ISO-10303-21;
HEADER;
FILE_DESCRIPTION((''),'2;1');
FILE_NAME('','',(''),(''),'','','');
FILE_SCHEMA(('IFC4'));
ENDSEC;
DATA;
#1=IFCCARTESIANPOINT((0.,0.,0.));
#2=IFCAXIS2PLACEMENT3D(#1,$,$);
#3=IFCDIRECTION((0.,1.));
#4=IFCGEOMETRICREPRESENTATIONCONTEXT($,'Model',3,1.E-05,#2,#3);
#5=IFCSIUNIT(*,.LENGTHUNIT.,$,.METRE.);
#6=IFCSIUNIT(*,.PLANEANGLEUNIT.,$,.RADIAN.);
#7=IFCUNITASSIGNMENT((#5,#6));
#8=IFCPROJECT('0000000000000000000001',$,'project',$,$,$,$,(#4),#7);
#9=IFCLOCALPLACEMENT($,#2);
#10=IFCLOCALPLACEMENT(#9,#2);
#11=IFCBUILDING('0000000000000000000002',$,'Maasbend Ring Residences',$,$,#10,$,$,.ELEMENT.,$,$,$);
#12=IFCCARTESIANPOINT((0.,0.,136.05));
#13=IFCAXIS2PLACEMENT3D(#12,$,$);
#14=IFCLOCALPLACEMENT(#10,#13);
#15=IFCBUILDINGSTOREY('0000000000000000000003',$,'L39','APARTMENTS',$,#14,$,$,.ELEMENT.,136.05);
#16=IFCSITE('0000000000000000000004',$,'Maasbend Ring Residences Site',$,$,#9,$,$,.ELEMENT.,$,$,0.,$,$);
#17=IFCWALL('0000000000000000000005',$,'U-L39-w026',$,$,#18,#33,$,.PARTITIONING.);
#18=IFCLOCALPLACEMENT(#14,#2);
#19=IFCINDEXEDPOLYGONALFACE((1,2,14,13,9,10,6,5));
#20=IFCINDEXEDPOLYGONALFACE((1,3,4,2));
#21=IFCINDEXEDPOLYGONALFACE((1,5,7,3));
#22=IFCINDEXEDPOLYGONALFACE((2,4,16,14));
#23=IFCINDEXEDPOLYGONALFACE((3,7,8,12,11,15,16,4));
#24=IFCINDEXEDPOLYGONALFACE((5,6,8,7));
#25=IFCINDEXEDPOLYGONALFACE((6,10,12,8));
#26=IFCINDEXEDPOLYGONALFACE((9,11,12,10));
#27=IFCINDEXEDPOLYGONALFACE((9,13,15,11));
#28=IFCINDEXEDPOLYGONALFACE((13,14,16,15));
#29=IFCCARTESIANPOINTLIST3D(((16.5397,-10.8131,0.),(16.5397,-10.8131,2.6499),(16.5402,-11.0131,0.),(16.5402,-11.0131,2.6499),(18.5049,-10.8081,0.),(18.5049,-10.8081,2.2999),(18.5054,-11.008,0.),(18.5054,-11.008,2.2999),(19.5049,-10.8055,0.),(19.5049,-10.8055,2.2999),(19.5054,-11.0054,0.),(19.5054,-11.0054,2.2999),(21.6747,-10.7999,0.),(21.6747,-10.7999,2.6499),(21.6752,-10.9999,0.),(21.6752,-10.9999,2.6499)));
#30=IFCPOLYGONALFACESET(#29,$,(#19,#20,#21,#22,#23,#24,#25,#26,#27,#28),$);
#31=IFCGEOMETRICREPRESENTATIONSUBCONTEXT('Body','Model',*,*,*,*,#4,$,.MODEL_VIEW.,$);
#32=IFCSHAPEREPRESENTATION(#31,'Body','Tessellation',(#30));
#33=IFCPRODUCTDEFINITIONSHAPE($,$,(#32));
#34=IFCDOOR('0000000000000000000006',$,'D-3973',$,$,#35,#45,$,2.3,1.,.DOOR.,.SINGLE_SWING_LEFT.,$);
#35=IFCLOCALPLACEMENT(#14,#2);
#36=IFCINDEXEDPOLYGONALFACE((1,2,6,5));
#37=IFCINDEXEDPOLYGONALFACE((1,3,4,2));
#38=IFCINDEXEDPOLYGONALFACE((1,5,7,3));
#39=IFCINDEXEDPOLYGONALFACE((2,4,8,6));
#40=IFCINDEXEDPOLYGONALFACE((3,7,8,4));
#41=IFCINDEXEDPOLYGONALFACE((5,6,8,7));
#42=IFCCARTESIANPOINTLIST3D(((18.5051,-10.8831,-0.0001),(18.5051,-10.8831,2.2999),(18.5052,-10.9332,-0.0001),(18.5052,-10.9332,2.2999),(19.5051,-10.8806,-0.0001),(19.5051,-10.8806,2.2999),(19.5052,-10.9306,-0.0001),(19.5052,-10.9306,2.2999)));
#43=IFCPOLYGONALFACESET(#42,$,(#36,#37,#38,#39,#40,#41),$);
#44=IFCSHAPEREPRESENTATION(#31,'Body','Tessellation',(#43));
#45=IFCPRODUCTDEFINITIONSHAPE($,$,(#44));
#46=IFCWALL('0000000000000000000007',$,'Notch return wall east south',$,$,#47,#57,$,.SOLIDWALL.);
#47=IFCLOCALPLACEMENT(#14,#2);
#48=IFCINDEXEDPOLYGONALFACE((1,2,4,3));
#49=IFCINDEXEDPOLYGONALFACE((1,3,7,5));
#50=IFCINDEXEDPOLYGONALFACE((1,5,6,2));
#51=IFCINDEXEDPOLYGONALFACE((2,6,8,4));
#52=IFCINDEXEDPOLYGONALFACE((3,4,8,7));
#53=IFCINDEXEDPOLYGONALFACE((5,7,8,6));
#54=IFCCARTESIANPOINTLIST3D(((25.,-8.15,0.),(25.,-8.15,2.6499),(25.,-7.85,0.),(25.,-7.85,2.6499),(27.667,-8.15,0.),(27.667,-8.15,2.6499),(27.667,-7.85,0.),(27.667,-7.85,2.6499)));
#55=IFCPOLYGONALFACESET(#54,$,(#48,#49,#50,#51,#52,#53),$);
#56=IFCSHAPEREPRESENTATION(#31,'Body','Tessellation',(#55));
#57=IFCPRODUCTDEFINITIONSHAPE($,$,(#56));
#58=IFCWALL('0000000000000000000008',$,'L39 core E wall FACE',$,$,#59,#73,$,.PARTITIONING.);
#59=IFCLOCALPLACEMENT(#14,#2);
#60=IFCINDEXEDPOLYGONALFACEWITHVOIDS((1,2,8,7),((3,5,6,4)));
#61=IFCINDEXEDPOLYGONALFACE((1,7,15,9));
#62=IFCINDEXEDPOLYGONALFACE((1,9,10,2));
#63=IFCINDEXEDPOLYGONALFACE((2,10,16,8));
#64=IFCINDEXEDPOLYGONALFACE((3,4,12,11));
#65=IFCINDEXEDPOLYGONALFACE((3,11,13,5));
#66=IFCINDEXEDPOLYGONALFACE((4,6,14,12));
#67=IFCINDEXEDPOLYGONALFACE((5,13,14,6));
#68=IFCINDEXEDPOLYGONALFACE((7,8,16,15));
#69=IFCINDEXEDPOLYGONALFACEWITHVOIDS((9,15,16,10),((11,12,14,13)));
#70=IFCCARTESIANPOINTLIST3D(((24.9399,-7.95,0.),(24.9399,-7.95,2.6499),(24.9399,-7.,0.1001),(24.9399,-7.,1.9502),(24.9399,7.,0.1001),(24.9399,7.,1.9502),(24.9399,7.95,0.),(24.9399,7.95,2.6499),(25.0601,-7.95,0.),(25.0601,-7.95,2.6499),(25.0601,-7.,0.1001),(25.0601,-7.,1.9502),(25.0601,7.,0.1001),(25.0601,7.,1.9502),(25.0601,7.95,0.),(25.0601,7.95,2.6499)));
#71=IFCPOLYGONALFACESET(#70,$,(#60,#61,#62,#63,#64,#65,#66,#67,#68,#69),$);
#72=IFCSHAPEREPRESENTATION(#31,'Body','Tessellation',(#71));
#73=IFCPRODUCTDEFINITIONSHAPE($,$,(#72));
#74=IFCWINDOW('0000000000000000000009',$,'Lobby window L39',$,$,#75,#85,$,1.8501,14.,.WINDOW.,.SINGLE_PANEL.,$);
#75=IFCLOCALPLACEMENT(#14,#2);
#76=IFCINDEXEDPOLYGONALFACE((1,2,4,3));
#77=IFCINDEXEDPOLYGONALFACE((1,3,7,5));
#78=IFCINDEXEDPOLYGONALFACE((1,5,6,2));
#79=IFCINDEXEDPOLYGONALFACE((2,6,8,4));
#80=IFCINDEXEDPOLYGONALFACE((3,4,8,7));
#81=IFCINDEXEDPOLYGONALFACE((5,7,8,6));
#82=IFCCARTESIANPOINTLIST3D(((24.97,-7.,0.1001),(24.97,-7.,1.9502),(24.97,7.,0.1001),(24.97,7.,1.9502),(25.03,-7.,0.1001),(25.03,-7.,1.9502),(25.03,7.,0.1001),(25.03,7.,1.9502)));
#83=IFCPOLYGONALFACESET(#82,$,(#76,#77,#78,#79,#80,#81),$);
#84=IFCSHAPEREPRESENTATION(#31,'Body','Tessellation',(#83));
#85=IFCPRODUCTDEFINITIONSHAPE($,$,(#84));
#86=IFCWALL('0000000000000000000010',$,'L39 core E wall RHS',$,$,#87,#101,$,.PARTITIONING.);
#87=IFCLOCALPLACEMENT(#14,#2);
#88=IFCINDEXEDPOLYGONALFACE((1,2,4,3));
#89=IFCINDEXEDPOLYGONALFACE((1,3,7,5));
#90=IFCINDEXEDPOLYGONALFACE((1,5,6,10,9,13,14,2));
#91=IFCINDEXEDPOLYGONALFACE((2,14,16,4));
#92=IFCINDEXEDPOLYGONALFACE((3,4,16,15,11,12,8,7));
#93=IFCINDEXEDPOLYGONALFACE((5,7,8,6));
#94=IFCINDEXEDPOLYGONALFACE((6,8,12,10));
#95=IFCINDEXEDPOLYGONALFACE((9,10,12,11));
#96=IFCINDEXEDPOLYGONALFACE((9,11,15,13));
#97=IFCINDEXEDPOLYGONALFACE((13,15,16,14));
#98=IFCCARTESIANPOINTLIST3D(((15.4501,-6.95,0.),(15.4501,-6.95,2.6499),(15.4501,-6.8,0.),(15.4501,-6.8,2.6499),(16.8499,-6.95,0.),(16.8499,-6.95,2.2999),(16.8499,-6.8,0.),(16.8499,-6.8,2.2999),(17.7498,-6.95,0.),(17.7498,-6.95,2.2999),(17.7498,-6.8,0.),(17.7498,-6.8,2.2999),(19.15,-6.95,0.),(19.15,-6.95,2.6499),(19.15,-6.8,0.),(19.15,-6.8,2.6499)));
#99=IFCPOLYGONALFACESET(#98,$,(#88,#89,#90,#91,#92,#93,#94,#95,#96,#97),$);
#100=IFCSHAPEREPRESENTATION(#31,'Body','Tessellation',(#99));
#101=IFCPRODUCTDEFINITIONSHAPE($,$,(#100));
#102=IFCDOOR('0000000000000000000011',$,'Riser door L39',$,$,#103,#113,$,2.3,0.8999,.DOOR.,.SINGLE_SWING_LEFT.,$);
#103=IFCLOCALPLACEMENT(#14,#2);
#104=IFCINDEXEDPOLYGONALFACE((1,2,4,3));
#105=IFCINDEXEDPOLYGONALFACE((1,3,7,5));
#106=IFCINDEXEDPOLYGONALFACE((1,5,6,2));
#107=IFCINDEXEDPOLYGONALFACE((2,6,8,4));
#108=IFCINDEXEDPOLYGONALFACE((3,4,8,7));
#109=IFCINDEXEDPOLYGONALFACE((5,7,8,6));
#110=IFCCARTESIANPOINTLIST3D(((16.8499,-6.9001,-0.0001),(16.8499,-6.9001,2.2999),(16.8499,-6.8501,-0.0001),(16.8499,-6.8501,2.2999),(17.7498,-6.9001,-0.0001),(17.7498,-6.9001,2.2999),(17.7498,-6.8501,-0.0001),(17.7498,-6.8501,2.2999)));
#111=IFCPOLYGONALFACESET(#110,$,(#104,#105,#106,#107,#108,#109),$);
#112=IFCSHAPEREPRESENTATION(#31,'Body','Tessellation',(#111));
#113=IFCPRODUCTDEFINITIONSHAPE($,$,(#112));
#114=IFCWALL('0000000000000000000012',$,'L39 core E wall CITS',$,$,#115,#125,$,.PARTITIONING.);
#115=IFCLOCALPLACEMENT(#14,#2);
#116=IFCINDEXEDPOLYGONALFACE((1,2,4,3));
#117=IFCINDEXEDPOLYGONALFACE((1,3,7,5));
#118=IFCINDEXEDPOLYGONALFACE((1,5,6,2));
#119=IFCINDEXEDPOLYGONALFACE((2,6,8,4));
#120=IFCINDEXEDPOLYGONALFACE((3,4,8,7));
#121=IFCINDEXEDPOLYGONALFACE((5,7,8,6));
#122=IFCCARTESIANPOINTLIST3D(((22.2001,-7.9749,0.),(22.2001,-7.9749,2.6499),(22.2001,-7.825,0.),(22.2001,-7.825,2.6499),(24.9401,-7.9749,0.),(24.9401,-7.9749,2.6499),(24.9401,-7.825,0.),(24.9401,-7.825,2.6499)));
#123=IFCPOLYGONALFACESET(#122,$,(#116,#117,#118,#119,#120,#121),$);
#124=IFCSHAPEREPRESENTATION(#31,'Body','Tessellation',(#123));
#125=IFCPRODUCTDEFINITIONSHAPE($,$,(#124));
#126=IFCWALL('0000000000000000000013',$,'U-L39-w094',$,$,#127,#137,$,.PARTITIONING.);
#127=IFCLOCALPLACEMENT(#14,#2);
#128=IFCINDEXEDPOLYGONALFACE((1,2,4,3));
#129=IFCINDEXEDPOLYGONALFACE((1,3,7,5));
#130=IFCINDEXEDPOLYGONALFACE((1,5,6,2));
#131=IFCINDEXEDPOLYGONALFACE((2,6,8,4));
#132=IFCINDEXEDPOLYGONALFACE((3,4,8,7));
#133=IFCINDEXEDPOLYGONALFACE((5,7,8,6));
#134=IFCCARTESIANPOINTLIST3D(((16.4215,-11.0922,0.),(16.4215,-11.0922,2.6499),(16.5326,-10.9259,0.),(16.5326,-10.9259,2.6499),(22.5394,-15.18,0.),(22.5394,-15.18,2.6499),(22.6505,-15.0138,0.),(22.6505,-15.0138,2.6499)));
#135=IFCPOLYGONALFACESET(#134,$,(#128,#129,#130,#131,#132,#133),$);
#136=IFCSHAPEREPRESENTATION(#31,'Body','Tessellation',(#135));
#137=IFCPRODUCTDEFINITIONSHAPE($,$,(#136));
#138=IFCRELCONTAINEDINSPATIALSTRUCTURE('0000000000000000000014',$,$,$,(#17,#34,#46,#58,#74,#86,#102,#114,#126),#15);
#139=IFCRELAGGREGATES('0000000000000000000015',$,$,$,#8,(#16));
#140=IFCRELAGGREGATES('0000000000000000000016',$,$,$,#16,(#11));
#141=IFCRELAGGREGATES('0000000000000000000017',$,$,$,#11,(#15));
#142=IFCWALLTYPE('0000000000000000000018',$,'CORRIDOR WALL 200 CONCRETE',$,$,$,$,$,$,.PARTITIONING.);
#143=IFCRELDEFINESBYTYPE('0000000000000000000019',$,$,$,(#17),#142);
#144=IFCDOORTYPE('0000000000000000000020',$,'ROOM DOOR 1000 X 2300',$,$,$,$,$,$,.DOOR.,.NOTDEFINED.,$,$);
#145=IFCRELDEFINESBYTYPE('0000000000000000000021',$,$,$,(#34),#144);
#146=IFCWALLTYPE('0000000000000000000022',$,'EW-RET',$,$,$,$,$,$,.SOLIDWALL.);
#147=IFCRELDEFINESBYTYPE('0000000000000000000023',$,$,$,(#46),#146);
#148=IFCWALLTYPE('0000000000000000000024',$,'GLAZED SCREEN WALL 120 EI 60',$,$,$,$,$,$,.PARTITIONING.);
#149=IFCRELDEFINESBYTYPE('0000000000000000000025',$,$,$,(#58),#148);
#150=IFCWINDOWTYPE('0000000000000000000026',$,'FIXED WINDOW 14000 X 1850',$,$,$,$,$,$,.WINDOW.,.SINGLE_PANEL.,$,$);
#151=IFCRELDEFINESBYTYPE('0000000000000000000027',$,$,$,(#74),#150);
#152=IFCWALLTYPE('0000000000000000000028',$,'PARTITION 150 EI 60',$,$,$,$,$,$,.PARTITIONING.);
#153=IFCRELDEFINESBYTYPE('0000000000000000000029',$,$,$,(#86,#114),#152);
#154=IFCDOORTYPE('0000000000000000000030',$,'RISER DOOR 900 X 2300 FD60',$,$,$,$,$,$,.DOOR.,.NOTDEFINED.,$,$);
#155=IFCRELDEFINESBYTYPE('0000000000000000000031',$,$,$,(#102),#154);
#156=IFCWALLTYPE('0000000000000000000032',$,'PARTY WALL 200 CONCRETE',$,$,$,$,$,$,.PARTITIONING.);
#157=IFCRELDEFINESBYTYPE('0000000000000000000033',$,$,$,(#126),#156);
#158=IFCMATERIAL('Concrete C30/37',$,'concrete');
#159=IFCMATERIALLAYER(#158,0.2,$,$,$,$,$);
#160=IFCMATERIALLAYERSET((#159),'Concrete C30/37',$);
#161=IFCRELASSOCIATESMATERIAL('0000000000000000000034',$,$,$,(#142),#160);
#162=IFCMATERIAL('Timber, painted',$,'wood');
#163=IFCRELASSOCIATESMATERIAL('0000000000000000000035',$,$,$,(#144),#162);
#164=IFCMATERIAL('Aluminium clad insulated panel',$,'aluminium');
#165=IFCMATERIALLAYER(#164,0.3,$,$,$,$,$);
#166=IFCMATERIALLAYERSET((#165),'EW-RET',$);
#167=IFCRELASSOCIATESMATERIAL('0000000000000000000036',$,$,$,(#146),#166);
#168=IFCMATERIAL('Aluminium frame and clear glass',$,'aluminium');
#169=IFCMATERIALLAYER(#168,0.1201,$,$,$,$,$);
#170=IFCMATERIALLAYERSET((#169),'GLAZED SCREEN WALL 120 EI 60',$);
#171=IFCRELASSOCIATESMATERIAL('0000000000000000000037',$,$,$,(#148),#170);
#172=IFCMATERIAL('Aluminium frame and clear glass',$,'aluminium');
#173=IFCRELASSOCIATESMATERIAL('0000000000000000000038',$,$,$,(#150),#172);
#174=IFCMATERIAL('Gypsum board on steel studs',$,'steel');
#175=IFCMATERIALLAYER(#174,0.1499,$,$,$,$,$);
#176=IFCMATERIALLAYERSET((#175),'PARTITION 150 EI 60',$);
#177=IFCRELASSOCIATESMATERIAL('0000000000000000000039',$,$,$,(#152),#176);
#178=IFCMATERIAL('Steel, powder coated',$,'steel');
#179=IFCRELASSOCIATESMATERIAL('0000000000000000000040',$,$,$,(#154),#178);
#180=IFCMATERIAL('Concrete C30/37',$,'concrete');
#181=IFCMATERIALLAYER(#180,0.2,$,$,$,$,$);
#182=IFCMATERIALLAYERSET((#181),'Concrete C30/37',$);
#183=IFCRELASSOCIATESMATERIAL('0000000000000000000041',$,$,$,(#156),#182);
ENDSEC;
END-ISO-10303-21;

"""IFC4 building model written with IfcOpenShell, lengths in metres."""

from ifc_helpers import new_model, si_unit, direction, frame, frame_2d, origin, place, context, subcontext, project, spatial, rectangle, extrude, material, layer, layer_set, type_object, element, fill, save


model = new_model("IFC4")

# Units and contexts
model_context = context("Model", 3, precision=1e-05, world=origin(), true_north=direction((0.0, 1.0)))
body_context = subcontext(model_context, "Body", "Model", "MODEL_VIEW")
ifc_project = project(units=[si_unit("LENGTHUNIT", "METRE"), si_unit("PLANEANGLEUNIT", "RADIAN")], contexts=[model_context])

# Site, building, storey
site_placement = place(None, origin())
site = spatial("IfcSite", under=ifc_project, at=site_placement, Name="Maasbend Ring Residences Site", CompositionType="ELEMENT", RefElevation=0.0)
building_placement = place(site_placement, origin())
building = spatial("IfcBuilding", under=site, at=building_placement, Name="Maasbend Ring Residences", CompositionType="ELEMENT")
storey_placement = place(building_placement, frame((0.0, 0.0, 136.05)))
storey = spatial("IfcBuildingStorey", under=building, at=storey_placement, Name="L39", Description="APARTMENTS", CompositionType="ELEMENT", Elevation=136.05)

# Shared definitions
ifc_material_1 = material(Name="Concrete C30/37", Category="concrete")
ifc_layer_1 = layer(ifc_material_1, 0.2)
ifc_layer_set_1 = layer_set([ifc_layer_1], Name="Concrete C30/37")
wall_type_1 = type_object("IfcWallType", Name="CORRIDOR WALL 200 CONCRETE", PredefinedType="PARTITIONING", material=ifc_layer_set_1)

# Wall, opening, door
wall_1_placement = place(storey_placement, frame((16.54, -10.9131, 0.0), z_axis=(0.0, 0.0, 1.0), x_axis=(0.999997, 0.002567, 0.0)))
wall_1 = element("IfcWall", 1, at=wall_1_placement, inside=storey, type_object=wall_type_1, Name="U-L39-w026", PredefinedType="PARTITIONING", context=body_context, shape_type="SweptSolid", body=[
    extrude(rectangle(XDim=5.135, YDim=0.2, at=frame_2d((2.5674, 0.0))), origin(), (0.0, 0.0, 1.0), 2.6499),
])
opening_1_placement = place(wall_1_placement, frame((1.9651, 0.0, 0.0)))
opening_1 = element("IfcOpeningElement", 2, at=opening_1_placement, cuts=wall_1, PredefinedType="OPENING", context=body_context, shape_type="SweptSolid", body=[
    extrude(rectangle(XDim=1.0, YDim=2.3, at=frame_2d((0.5, 1.1499))), frame((0.0, 0.1099, 0.0), z_axis=(0.0, -1.0, 0.0), x_axis=(1.0, 0.0, 0.0)), (0.0, 0.0, 1.0), 0.22),
])
ifc_material_2 = material(Name="Timber, painted", Category="wood")
door_type_1 = type_object("IfcDoorType", Name="ROOM DOOR 1000 X 2300", OperationType="NOTDEFINED", PredefinedType="DOOR", material=ifc_material_2)
door_1_placement = place(opening_1_placement, origin())
door_1 = element("IfcDoor", 3, at=door_1_placement, inside=storey, type_object=door_type_1, Name="D-3973", OperationType="SINGLE_SWING_LEFT", OverallHeight=2.3, OverallWidth=1.0, PredefinedType="DOOR", context=body_context, shape_type="SweptSolid", body=[
    extrude(rectangle(XDim=1.0, YDim=2.3, at=frame_2d((0.5, 1.1499))), frame((0.0, 0.0249, 0.0), z_axis=(0.0, -1.0, 0.0), x_axis=(1.0, 0.0, 0.0)), (0.0, 0.0, 1.0), 0.05),
])
fill(opening_1, door_1)

# Wall
ifc_material_3 = material(Name="Aluminium clad insulated panel", Category="aluminium")
ifc_layer_2 = layer(ifc_material_3, 0.3)
ifc_layer_set_2 = layer_set([ifc_layer_2], Name="EW-RET")
wall_type_2 = type_object("IfcWallType", Name="EW-RET", PredefinedType="SOLIDWALL", material=ifc_layer_set_2)
wall_2_placement = place(storey_placement, frame((25.0, -8.0, 0.0), z_axis=(0.0, 0.0, 1.0), x_axis=(1.0, 0.0, 0.0)))
element("IfcWall", 4, at=wall_2_placement, inside=storey, type_object=wall_type_2, Name="Notch return wall east south", PredefinedType="SOLIDWALL", context=body_context, shape_type="SweptSolid", body=[
    extrude(rectangle(XDim=2.667, YDim=0.3, at=frame_2d((1.3335, 0.0))), origin(), (0.0, 0.0, 1.0), 2.6499),
])

# Wall, opening, window
ifc_material_4 = material(Name="Aluminium frame and clear glass", Category="aluminium")
ifc_layer_3 = layer(ifc_material_4, 0.1201)
ifc_layer_set_3 = layer_set([ifc_layer_3], Name="GLAZED SCREEN WALL 120 EI 60")
wall_type_3 = type_object("IfcWallType", Name="GLAZED SCREEN WALL 120 EI 60", PredefinedType="PARTITIONING", material=ifc_layer_set_3)
wall_3_placement = place(storey_placement, frame((25.0, -7.95, 0.0), z_axis=(0.0, 0.0, 1.0), x_axis=(0.0, 1.0, 0.0)))
wall_3 = element("IfcWall", 5, at=wall_3_placement, inside=storey, type_object=wall_type_3, Name="L39 core E wall FACE", PredefinedType="PARTITIONING", context=body_context, shape_type="SweptSolid", body=[
    extrude(rectangle(XDim=15.8999, YDim=0.1201, at=frame_2d((7.95, 0.0))), origin(), (0.0, 0.0, 1.0), 2.6499),
])
opening_2_placement = place(wall_3_placement, frame((0.95, 0.0, 0.1001)))
opening_2 = element("IfcOpeningElement", 6, at=opening_2_placement, cuts=wall_3, PredefinedType="OPENING", context=body_context, shape_type="SweptSolid", body=[
    extrude(rectangle(XDim=14.0, YDim=1.8501, at=frame_2d((7.0, 0.925))), frame((0.0, 0.0701, 0.0), z_axis=(0.0, -1.0, 0.0), x_axis=(1.0, 0.0, 0.0)), (0.0, 0.0, 1.0), 0.1401),
])
ifc_material_5 = material(Name="Aluminium frame and clear glass", Category="aluminium")
window_type = type_object("IfcWindowType", Name="FIXED WINDOW 14000 X 1850", PartitioningType="SINGLE_PANEL", PredefinedType="WINDOW", material=ifc_material_5)
window_placement = place(opening_2_placement, origin())
window = element("IfcWindow", 7, at=window_placement, inside=storey, type_object=window_type, Name="Lobby window L39", OverallHeight=1.8501, OverallWidth=14.0, PartitioningType="SINGLE_PANEL", PredefinedType="WINDOW", context=body_context, shape_type="SweptSolid", body=[
    extrude(rectangle(XDim=14.0, YDim=1.8501, at=frame_2d((7.0, 0.925))), frame((0.0, 0.03, 0.0), z_axis=(0.0, -1.0, 0.0), x_axis=(1.0, 0.0, 0.0)), (0.0, 0.0, 1.0), 0.0601),
])
fill(opening_2, window)

# Wall, opening, door
ifc_material_6 = material(Name="Gypsum board on steel studs", Category="steel")
ifc_layer_4 = layer(ifc_material_6, 0.1499)
ifc_layer_set_4 = layer_set([ifc_layer_4], Name="PARTITION 150 EI 60")
wall_type_4 = type_object("IfcWallType", Name="PARTITION 150 EI 60", PredefinedType="PARTITIONING", material=ifc_layer_set_4)
wall_4_placement = place(storey_placement, frame((15.45, -6.875, 0.0), z_axis=(0.0, 0.0, 1.0), x_axis=(1.0, 0.0, 0.0)))
wall_4 = element("IfcWall", 8, at=wall_4_placement, inside=storey, type_object=wall_type_4, Name="L39 core E wall RHS", PredefinedType="PARTITIONING", context=body_context, shape_type="SweptSolid", body=[
    extrude(rectangle(XDim=3.7, YDim=0.1499, at=frame_2d((1.8501, 0.0))), origin(), (0.0, 0.0, 1.0), 2.6499),
])
opening_3_placement = place(wall_4_placement, frame((1.3999, 0.0, 0.0)))
opening_3 = element("IfcOpeningElement", 9, at=opening_3_placement, cuts=wall_4, PredefinedType="OPENING", context=body_context, shape_type="SweptSolid", body=[
    extrude(rectangle(XDim=0.8999, YDim=2.3, at=frame_2d((0.45, 1.1499))), frame((0.0, 0.085, 0.0), z_axis=(0.0, -1.0, 0.0), x_axis=(1.0, 0.0, 0.0)), (0.0, 0.0, 1.0), 0.1699),
])
ifc_material_7 = material(Name="Steel, powder coated", Category="steel")
door_type_2 = type_object("IfcDoorType", Name="RISER DOOR 900 X 2300 FD60", OperationType="NOTDEFINED", PredefinedType="DOOR", material=ifc_material_7)
door_2_placement = place(opening_3_placement, origin())
door_2 = element("IfcDoor", 10, at=door_2_placement, inside=storey, type_object=door_type_2, Name="Riser door L39", OperationType="SINGLE_SWING_LEFT", OverallHeight=2.3, OverallWidth=0.8999, PredefinedType="DOOR", context=body_context, shape_type="SweptSolid", body=[
    extrude(rectangle(XDim=0.8999, YDim=2.3, at=frame_2d((0.45, 1.1499))), frame((0.0, 0.0249, 0.0), z_axis=(0.0, -1.0, 0.0), x_axis=(1.0, 0.0, 0.0)), (0.0, 0.0, 1.0), 0.05),
])
fill(opening_3, door_2)

# Walls
wall_5_placement = place(storey_placement, frame((22.2, -7.8999, 0.0), z_axis=(0.0, 0.0, 1.0), x_axis=(1.0, 0.0, 0.0)))
element("IfcWall", 11, at=wall_5_placement, inside=storey, type_object=wall_type_4, Name="L39 core E wall CITS", PredefinedType="PARTITIONING", context=body_context, shape_type="SweptSolid", body=[
    extrude(rectangle(XDim=2.74, YDim=0.1499, at=frame_2d((1.3701, 0.0))), origin(), (0.0, 0.0, 1.0), 2.6499),
])
ifc_material_8 = material(Name="Concrete C30/37", Category="concrete")
ifc_layer_5 = layer(ifc_material_8, 0.2)
ifc_layer_set_5 = layer_set([ifc_layer_5], Name="Concrete C30/37")
wall_type_5 = type_object("IfcWallType", Name="PARTY WALL 200 CONCRETE", PredefinedType="PARTITIONING", material=ifc_layer_set_5)
wall_6_placement = place(storey_placement, frame((16.4771, -11.009, 0.0), z_axis=(0.0, 0.0, 1.0), x_axis=(0.831468, -0.555573, 0.0)))
element("IfcWall", 12, at=wall_6_placement, inside=storey, type_object=wall_type_5, Name="U-L39-w094", PredefinedType="PARTITIONING", context=body_context, shape_type="SweptSolid", body=[
    extrude(rectangle(XDim=7.3579, YDim=0.2, at=frame_2d((3.679, 0.0))), origin(), (0.0, 0.0, 1.0), 2.6499),
])

save(model, "model.ifc")
